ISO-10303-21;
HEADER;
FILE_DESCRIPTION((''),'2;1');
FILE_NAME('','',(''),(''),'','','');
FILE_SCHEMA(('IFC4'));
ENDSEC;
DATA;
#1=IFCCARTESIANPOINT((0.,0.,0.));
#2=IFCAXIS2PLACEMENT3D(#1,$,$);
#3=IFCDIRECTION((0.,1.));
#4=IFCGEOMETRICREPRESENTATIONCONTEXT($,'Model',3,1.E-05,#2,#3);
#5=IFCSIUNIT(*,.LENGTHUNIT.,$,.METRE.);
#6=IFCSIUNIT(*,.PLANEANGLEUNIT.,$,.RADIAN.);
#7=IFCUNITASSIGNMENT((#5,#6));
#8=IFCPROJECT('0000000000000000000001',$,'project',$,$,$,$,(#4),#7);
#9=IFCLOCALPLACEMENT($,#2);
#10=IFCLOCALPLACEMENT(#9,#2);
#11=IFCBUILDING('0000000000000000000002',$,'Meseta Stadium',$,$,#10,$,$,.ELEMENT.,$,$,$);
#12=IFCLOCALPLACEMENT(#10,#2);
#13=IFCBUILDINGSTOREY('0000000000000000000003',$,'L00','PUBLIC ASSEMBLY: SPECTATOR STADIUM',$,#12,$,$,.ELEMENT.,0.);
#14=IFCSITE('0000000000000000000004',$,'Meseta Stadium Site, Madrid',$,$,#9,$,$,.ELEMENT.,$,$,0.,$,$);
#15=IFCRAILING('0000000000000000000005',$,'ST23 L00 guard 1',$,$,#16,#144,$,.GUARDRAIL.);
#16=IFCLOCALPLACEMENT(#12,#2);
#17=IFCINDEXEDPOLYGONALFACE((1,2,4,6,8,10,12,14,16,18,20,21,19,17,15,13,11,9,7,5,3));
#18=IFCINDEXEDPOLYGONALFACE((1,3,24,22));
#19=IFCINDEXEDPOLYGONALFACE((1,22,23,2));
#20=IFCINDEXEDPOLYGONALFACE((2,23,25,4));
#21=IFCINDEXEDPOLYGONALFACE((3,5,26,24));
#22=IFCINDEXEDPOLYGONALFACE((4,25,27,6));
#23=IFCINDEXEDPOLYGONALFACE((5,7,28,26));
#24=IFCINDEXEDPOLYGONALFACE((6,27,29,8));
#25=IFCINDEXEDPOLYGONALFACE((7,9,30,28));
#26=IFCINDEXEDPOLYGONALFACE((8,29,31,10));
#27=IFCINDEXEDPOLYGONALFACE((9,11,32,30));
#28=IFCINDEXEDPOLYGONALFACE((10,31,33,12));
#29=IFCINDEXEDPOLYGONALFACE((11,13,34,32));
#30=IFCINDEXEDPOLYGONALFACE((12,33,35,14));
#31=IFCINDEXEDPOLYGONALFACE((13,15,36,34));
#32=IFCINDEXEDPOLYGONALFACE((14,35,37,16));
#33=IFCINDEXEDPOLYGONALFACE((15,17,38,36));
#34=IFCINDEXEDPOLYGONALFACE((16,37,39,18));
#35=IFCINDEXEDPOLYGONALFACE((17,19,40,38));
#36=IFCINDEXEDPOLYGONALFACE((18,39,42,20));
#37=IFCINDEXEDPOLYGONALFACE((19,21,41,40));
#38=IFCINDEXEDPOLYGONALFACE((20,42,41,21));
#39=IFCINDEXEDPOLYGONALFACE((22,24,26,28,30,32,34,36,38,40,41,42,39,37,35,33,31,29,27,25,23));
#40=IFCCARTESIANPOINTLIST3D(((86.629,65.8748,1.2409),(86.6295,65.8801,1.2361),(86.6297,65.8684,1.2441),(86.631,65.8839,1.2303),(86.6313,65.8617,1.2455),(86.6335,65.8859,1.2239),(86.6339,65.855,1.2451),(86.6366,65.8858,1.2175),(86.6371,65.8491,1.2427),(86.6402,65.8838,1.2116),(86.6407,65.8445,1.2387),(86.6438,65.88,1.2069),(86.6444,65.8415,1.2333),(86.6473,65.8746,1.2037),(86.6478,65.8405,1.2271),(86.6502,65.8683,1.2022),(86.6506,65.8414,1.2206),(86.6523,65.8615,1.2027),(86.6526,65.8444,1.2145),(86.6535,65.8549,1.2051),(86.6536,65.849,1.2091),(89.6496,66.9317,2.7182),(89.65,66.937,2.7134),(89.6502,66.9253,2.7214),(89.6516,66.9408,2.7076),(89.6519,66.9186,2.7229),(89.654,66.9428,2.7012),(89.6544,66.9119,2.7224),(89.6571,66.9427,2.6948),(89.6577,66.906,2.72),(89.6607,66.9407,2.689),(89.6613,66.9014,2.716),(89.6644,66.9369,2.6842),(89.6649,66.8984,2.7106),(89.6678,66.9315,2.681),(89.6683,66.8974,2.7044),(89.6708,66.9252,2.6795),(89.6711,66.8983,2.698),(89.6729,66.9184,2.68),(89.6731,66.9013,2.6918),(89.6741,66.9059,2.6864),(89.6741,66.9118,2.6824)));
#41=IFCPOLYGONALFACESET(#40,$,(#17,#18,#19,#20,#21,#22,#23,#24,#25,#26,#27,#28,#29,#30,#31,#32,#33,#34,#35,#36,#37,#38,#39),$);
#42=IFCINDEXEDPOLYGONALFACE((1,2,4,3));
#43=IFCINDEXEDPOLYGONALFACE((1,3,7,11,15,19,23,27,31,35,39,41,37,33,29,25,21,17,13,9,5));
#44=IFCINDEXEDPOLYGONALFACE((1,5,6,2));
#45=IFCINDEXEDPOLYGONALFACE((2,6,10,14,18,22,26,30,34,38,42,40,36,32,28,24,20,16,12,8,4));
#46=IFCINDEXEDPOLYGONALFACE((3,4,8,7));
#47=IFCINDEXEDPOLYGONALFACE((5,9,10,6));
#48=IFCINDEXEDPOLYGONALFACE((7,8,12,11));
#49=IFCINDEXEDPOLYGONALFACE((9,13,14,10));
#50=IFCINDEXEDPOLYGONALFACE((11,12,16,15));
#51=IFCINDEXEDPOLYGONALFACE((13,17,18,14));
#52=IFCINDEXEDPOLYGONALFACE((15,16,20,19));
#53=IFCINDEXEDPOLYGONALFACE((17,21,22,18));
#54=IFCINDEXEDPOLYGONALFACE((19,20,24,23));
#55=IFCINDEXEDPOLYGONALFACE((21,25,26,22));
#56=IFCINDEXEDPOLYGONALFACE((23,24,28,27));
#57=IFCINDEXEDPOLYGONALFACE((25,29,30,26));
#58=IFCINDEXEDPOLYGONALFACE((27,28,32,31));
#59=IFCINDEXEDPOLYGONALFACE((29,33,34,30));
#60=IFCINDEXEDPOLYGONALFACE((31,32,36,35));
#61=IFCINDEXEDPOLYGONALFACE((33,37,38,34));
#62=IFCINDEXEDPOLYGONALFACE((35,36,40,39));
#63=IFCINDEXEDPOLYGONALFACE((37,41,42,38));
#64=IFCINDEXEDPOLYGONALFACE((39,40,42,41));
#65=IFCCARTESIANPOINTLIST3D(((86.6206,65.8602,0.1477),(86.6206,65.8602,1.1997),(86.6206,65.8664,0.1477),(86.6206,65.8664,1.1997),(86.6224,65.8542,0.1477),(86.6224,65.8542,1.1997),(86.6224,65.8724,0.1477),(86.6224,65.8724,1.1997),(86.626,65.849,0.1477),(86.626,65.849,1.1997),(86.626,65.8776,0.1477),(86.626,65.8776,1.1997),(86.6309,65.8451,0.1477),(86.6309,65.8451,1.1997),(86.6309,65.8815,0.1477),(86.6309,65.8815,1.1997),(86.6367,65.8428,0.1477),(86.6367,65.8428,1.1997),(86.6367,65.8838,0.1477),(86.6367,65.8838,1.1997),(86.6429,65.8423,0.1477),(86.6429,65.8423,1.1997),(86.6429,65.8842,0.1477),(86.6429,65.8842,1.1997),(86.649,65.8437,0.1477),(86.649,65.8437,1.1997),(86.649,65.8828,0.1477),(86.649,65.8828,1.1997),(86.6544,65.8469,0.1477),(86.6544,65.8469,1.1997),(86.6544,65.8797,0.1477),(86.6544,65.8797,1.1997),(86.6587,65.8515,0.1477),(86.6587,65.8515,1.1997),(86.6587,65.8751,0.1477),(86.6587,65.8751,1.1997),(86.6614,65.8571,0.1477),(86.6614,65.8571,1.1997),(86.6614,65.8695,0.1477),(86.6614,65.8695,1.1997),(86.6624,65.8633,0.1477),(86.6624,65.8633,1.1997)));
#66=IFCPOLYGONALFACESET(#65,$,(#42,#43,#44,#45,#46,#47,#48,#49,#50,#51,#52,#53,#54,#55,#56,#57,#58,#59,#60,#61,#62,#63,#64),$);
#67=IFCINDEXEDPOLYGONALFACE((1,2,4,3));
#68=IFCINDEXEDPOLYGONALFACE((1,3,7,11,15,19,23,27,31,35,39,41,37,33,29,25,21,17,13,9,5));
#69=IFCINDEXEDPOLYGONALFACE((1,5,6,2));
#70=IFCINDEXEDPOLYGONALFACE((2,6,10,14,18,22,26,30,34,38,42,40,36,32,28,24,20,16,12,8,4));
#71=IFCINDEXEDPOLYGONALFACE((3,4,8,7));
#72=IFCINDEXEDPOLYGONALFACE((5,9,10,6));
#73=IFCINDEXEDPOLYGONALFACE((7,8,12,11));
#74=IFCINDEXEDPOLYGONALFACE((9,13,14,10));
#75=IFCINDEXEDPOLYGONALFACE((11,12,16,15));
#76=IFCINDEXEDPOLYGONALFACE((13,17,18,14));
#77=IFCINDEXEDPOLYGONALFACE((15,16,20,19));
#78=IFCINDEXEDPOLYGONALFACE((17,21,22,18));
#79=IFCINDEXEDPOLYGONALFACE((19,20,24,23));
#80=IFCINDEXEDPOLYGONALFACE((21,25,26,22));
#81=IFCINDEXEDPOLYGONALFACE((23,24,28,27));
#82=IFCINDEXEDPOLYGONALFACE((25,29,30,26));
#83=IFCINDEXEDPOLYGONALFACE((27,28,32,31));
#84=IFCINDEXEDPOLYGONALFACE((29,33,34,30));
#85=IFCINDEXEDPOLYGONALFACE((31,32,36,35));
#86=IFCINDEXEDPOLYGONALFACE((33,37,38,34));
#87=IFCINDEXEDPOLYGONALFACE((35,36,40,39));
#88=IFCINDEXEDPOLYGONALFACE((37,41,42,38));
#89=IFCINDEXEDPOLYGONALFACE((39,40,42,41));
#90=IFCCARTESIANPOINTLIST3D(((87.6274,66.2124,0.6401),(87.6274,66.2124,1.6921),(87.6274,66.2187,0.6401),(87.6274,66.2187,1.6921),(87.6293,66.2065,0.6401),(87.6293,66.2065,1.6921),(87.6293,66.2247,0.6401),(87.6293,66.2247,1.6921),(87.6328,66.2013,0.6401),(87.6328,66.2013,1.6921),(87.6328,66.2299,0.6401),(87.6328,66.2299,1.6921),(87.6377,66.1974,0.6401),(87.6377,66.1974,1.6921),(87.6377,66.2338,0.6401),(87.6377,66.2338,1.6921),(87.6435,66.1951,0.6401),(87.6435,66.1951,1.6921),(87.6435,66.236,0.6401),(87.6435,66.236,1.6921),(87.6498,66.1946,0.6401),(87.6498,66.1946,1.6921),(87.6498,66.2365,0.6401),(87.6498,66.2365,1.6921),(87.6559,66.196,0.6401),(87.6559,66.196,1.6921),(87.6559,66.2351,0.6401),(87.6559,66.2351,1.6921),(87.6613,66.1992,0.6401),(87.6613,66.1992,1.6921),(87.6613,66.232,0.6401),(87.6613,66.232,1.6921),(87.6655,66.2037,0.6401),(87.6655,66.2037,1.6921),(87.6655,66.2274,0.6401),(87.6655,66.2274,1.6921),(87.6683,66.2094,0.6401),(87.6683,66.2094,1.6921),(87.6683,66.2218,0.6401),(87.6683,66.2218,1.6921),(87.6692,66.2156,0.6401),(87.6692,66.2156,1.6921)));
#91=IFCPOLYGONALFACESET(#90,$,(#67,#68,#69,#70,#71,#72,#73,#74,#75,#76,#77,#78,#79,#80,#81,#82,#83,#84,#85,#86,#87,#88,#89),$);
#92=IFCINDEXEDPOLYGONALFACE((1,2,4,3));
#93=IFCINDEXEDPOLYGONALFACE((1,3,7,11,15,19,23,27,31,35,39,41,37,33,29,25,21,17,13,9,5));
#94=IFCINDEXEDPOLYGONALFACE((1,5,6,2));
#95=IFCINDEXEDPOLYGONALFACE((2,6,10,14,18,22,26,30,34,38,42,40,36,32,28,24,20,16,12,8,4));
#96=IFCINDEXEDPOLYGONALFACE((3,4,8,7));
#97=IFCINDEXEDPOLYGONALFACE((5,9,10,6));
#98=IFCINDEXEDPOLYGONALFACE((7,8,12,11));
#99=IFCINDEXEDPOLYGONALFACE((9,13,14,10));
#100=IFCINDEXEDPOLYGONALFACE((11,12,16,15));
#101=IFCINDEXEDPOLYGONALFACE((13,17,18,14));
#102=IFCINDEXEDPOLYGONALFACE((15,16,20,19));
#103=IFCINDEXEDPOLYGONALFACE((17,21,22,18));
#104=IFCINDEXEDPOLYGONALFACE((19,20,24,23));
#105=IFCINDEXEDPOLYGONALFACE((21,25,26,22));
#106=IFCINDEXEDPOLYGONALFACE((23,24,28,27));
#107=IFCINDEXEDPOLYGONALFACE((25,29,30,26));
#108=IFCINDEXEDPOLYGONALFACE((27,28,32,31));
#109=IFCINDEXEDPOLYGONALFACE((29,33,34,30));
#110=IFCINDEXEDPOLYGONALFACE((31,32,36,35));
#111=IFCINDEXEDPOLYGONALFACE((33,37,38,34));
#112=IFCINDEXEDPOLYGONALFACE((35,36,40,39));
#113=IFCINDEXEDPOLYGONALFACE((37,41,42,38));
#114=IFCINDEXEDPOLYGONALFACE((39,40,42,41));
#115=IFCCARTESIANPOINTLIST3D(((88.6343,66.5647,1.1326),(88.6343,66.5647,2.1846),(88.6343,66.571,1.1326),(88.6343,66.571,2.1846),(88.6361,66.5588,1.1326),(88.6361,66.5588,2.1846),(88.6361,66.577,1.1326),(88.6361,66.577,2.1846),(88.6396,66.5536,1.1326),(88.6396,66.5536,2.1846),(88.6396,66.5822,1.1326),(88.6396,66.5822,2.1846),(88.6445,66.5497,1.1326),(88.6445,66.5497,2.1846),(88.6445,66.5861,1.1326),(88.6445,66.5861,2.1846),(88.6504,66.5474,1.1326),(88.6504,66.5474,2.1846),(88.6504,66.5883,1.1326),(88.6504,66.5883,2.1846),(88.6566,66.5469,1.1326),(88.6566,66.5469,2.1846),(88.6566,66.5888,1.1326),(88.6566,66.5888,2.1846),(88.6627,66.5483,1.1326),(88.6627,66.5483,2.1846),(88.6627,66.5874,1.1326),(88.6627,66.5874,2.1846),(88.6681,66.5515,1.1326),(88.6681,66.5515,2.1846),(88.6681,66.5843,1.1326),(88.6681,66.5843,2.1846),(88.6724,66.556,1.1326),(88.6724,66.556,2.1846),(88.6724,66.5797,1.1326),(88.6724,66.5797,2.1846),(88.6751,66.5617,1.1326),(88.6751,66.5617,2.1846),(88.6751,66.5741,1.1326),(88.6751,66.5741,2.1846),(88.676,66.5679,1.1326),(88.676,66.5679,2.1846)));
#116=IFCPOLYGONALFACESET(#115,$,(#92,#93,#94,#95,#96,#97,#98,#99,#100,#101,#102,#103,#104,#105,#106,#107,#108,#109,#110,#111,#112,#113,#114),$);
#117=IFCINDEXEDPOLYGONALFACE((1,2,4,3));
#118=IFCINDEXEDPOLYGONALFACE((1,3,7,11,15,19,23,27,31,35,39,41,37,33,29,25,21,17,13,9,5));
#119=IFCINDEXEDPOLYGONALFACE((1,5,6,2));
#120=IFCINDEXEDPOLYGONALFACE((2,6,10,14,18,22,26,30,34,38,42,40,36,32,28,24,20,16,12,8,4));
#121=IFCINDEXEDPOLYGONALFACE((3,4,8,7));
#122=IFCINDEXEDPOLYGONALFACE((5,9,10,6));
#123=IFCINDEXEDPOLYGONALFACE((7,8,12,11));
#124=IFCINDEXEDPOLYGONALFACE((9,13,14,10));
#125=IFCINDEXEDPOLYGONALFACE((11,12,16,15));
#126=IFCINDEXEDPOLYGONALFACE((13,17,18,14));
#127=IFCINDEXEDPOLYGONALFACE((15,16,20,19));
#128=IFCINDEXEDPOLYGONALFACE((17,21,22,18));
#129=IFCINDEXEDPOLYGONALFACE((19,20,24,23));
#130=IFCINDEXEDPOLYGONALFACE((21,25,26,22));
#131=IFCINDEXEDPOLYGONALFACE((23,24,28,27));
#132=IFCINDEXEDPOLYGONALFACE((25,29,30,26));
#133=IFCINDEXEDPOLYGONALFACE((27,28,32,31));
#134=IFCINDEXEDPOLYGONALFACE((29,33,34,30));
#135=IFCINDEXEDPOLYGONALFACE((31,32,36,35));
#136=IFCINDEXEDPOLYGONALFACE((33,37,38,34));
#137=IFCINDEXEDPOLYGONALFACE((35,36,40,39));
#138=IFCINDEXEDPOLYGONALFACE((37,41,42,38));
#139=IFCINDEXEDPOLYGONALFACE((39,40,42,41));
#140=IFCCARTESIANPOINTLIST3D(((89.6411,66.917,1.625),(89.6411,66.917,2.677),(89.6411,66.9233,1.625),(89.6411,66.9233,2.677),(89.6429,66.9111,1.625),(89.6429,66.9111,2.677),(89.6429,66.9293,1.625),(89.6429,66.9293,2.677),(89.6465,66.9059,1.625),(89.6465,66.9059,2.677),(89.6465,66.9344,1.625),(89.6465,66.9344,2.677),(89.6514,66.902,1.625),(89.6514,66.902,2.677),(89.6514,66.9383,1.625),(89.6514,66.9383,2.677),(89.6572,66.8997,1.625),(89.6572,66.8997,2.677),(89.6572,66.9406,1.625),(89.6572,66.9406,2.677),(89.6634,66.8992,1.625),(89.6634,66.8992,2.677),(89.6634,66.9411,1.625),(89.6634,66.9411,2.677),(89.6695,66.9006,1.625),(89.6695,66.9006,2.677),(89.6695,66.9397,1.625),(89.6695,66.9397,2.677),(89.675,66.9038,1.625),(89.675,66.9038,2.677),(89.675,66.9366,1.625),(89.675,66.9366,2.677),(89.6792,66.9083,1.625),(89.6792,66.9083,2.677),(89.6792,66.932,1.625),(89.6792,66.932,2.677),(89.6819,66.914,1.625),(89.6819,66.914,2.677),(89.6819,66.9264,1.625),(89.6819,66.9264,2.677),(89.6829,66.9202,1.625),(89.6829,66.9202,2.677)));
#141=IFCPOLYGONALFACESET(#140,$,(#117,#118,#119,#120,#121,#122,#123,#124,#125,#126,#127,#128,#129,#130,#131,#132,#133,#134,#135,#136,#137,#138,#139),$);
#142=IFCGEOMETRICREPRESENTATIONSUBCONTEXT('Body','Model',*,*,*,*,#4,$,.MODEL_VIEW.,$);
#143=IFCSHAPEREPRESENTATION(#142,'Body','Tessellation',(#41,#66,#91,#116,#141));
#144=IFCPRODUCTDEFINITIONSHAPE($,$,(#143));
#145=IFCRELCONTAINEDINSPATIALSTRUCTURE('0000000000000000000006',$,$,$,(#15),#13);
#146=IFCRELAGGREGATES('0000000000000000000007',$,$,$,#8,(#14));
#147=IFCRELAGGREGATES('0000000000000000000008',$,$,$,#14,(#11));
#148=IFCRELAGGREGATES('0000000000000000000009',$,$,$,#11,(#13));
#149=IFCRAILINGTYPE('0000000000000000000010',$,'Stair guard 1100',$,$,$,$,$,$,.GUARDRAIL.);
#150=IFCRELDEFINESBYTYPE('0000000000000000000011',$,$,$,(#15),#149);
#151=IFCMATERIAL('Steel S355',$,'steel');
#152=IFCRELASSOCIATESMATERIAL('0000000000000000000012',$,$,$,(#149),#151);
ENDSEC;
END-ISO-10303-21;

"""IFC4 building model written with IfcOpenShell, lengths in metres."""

from ifc_helpers import new_model, si_unit, direction, frame, origin, origin_2d, place, context, subcontext, project, spatial, circle, extrude, material, type_object, element, save


model = new_model("IFC4")

# Units and contexts
model_context = context("Model", 3, precision=1e-05, world=origin(), true_north=direction((0.0, 1.0)))
body_context = subcontext(model_context, "Body", "Model", "MODEL_VIEW")
ifc_project = project(units=[si_unit("LENGTHUNIT", "METRE"), si_unit("PLANEANGLEUNIT", "RADIAN")], contexts=[model_context])

# Site, building, storey
site_placement = place(None, origin())
site = spatial("IfcSite", under=ifc_project, at=site_placement, Name="Meseta Stadium Site, Madrid", CompositionType="ELEMENT", RefElevation=0.0)
building_placement = place(site_placement, origin())
building = spatial("IfcBuilding", under=site, at=building_placement, Name="Meseta Stadium", CompositionType="ELEMENT")
storey_placement = place(building_placement, origin())
storey = spatial("IfcBuildingStorey", under=building, at=storey_placement, Name="L00", Description="PUBLIC ASSEMBLY: SPECTATOR STADIUM", CompositionType="ELEMENT", Elevation=0.0)

# Railing
ifc_material_1 = material(Name="Steel S355", Category="steel")
railing_type_1 = type_object("IfcRailingType", Name="Stair guard 1100", PredefinedType="GUARDRAIL", material=ifc_material_1)
railing_1_placement = place(storey_placement, frame((86.6414, 65.8633, 0.1477)))
element("IfcRailing", 1, at=railing_1_placement, inside=storey, type_object=railing_type_1, Name="ST23 L00 guard 1", PredefinedType="GUARDRAIL", context=body_context, shape_type="SweptSolid", body=[
    extrude(circle(Radius=0.0239, at=origin_2d()), frame((0.0, 0.0, 1.0762), z_axis=(0.856977, 0.299859, 0.419137), x_axis=(-0.330269, 0.943887, 0.0)), (0.0, 0.0, 1.0), 3.5247),
    extrude(circle(Radius=0.021, at=origin_2d()), origin(), (0.0, 0.0, 1.0), 1.052),
    extrude(circle(Radius=0.021, at=origin_2d()), frame((1.0068, 0.3523, 0.4924)), (0.0, 0.0, 1.0), 1.052),
    extrude(circle(Radius=0.021, at=origin_2d()), frame((2.0137, 0.7046, 0.9849)), (0.0, 0.0, 1.0), 1.052),
    extrude(circle(Radius=0.021, at=origin_2d()), frame((3.0205, 1.0569, 1.4773)), (0.0, 0.0, 1.0), 1.052),
])

save(model, "model.ifc")
